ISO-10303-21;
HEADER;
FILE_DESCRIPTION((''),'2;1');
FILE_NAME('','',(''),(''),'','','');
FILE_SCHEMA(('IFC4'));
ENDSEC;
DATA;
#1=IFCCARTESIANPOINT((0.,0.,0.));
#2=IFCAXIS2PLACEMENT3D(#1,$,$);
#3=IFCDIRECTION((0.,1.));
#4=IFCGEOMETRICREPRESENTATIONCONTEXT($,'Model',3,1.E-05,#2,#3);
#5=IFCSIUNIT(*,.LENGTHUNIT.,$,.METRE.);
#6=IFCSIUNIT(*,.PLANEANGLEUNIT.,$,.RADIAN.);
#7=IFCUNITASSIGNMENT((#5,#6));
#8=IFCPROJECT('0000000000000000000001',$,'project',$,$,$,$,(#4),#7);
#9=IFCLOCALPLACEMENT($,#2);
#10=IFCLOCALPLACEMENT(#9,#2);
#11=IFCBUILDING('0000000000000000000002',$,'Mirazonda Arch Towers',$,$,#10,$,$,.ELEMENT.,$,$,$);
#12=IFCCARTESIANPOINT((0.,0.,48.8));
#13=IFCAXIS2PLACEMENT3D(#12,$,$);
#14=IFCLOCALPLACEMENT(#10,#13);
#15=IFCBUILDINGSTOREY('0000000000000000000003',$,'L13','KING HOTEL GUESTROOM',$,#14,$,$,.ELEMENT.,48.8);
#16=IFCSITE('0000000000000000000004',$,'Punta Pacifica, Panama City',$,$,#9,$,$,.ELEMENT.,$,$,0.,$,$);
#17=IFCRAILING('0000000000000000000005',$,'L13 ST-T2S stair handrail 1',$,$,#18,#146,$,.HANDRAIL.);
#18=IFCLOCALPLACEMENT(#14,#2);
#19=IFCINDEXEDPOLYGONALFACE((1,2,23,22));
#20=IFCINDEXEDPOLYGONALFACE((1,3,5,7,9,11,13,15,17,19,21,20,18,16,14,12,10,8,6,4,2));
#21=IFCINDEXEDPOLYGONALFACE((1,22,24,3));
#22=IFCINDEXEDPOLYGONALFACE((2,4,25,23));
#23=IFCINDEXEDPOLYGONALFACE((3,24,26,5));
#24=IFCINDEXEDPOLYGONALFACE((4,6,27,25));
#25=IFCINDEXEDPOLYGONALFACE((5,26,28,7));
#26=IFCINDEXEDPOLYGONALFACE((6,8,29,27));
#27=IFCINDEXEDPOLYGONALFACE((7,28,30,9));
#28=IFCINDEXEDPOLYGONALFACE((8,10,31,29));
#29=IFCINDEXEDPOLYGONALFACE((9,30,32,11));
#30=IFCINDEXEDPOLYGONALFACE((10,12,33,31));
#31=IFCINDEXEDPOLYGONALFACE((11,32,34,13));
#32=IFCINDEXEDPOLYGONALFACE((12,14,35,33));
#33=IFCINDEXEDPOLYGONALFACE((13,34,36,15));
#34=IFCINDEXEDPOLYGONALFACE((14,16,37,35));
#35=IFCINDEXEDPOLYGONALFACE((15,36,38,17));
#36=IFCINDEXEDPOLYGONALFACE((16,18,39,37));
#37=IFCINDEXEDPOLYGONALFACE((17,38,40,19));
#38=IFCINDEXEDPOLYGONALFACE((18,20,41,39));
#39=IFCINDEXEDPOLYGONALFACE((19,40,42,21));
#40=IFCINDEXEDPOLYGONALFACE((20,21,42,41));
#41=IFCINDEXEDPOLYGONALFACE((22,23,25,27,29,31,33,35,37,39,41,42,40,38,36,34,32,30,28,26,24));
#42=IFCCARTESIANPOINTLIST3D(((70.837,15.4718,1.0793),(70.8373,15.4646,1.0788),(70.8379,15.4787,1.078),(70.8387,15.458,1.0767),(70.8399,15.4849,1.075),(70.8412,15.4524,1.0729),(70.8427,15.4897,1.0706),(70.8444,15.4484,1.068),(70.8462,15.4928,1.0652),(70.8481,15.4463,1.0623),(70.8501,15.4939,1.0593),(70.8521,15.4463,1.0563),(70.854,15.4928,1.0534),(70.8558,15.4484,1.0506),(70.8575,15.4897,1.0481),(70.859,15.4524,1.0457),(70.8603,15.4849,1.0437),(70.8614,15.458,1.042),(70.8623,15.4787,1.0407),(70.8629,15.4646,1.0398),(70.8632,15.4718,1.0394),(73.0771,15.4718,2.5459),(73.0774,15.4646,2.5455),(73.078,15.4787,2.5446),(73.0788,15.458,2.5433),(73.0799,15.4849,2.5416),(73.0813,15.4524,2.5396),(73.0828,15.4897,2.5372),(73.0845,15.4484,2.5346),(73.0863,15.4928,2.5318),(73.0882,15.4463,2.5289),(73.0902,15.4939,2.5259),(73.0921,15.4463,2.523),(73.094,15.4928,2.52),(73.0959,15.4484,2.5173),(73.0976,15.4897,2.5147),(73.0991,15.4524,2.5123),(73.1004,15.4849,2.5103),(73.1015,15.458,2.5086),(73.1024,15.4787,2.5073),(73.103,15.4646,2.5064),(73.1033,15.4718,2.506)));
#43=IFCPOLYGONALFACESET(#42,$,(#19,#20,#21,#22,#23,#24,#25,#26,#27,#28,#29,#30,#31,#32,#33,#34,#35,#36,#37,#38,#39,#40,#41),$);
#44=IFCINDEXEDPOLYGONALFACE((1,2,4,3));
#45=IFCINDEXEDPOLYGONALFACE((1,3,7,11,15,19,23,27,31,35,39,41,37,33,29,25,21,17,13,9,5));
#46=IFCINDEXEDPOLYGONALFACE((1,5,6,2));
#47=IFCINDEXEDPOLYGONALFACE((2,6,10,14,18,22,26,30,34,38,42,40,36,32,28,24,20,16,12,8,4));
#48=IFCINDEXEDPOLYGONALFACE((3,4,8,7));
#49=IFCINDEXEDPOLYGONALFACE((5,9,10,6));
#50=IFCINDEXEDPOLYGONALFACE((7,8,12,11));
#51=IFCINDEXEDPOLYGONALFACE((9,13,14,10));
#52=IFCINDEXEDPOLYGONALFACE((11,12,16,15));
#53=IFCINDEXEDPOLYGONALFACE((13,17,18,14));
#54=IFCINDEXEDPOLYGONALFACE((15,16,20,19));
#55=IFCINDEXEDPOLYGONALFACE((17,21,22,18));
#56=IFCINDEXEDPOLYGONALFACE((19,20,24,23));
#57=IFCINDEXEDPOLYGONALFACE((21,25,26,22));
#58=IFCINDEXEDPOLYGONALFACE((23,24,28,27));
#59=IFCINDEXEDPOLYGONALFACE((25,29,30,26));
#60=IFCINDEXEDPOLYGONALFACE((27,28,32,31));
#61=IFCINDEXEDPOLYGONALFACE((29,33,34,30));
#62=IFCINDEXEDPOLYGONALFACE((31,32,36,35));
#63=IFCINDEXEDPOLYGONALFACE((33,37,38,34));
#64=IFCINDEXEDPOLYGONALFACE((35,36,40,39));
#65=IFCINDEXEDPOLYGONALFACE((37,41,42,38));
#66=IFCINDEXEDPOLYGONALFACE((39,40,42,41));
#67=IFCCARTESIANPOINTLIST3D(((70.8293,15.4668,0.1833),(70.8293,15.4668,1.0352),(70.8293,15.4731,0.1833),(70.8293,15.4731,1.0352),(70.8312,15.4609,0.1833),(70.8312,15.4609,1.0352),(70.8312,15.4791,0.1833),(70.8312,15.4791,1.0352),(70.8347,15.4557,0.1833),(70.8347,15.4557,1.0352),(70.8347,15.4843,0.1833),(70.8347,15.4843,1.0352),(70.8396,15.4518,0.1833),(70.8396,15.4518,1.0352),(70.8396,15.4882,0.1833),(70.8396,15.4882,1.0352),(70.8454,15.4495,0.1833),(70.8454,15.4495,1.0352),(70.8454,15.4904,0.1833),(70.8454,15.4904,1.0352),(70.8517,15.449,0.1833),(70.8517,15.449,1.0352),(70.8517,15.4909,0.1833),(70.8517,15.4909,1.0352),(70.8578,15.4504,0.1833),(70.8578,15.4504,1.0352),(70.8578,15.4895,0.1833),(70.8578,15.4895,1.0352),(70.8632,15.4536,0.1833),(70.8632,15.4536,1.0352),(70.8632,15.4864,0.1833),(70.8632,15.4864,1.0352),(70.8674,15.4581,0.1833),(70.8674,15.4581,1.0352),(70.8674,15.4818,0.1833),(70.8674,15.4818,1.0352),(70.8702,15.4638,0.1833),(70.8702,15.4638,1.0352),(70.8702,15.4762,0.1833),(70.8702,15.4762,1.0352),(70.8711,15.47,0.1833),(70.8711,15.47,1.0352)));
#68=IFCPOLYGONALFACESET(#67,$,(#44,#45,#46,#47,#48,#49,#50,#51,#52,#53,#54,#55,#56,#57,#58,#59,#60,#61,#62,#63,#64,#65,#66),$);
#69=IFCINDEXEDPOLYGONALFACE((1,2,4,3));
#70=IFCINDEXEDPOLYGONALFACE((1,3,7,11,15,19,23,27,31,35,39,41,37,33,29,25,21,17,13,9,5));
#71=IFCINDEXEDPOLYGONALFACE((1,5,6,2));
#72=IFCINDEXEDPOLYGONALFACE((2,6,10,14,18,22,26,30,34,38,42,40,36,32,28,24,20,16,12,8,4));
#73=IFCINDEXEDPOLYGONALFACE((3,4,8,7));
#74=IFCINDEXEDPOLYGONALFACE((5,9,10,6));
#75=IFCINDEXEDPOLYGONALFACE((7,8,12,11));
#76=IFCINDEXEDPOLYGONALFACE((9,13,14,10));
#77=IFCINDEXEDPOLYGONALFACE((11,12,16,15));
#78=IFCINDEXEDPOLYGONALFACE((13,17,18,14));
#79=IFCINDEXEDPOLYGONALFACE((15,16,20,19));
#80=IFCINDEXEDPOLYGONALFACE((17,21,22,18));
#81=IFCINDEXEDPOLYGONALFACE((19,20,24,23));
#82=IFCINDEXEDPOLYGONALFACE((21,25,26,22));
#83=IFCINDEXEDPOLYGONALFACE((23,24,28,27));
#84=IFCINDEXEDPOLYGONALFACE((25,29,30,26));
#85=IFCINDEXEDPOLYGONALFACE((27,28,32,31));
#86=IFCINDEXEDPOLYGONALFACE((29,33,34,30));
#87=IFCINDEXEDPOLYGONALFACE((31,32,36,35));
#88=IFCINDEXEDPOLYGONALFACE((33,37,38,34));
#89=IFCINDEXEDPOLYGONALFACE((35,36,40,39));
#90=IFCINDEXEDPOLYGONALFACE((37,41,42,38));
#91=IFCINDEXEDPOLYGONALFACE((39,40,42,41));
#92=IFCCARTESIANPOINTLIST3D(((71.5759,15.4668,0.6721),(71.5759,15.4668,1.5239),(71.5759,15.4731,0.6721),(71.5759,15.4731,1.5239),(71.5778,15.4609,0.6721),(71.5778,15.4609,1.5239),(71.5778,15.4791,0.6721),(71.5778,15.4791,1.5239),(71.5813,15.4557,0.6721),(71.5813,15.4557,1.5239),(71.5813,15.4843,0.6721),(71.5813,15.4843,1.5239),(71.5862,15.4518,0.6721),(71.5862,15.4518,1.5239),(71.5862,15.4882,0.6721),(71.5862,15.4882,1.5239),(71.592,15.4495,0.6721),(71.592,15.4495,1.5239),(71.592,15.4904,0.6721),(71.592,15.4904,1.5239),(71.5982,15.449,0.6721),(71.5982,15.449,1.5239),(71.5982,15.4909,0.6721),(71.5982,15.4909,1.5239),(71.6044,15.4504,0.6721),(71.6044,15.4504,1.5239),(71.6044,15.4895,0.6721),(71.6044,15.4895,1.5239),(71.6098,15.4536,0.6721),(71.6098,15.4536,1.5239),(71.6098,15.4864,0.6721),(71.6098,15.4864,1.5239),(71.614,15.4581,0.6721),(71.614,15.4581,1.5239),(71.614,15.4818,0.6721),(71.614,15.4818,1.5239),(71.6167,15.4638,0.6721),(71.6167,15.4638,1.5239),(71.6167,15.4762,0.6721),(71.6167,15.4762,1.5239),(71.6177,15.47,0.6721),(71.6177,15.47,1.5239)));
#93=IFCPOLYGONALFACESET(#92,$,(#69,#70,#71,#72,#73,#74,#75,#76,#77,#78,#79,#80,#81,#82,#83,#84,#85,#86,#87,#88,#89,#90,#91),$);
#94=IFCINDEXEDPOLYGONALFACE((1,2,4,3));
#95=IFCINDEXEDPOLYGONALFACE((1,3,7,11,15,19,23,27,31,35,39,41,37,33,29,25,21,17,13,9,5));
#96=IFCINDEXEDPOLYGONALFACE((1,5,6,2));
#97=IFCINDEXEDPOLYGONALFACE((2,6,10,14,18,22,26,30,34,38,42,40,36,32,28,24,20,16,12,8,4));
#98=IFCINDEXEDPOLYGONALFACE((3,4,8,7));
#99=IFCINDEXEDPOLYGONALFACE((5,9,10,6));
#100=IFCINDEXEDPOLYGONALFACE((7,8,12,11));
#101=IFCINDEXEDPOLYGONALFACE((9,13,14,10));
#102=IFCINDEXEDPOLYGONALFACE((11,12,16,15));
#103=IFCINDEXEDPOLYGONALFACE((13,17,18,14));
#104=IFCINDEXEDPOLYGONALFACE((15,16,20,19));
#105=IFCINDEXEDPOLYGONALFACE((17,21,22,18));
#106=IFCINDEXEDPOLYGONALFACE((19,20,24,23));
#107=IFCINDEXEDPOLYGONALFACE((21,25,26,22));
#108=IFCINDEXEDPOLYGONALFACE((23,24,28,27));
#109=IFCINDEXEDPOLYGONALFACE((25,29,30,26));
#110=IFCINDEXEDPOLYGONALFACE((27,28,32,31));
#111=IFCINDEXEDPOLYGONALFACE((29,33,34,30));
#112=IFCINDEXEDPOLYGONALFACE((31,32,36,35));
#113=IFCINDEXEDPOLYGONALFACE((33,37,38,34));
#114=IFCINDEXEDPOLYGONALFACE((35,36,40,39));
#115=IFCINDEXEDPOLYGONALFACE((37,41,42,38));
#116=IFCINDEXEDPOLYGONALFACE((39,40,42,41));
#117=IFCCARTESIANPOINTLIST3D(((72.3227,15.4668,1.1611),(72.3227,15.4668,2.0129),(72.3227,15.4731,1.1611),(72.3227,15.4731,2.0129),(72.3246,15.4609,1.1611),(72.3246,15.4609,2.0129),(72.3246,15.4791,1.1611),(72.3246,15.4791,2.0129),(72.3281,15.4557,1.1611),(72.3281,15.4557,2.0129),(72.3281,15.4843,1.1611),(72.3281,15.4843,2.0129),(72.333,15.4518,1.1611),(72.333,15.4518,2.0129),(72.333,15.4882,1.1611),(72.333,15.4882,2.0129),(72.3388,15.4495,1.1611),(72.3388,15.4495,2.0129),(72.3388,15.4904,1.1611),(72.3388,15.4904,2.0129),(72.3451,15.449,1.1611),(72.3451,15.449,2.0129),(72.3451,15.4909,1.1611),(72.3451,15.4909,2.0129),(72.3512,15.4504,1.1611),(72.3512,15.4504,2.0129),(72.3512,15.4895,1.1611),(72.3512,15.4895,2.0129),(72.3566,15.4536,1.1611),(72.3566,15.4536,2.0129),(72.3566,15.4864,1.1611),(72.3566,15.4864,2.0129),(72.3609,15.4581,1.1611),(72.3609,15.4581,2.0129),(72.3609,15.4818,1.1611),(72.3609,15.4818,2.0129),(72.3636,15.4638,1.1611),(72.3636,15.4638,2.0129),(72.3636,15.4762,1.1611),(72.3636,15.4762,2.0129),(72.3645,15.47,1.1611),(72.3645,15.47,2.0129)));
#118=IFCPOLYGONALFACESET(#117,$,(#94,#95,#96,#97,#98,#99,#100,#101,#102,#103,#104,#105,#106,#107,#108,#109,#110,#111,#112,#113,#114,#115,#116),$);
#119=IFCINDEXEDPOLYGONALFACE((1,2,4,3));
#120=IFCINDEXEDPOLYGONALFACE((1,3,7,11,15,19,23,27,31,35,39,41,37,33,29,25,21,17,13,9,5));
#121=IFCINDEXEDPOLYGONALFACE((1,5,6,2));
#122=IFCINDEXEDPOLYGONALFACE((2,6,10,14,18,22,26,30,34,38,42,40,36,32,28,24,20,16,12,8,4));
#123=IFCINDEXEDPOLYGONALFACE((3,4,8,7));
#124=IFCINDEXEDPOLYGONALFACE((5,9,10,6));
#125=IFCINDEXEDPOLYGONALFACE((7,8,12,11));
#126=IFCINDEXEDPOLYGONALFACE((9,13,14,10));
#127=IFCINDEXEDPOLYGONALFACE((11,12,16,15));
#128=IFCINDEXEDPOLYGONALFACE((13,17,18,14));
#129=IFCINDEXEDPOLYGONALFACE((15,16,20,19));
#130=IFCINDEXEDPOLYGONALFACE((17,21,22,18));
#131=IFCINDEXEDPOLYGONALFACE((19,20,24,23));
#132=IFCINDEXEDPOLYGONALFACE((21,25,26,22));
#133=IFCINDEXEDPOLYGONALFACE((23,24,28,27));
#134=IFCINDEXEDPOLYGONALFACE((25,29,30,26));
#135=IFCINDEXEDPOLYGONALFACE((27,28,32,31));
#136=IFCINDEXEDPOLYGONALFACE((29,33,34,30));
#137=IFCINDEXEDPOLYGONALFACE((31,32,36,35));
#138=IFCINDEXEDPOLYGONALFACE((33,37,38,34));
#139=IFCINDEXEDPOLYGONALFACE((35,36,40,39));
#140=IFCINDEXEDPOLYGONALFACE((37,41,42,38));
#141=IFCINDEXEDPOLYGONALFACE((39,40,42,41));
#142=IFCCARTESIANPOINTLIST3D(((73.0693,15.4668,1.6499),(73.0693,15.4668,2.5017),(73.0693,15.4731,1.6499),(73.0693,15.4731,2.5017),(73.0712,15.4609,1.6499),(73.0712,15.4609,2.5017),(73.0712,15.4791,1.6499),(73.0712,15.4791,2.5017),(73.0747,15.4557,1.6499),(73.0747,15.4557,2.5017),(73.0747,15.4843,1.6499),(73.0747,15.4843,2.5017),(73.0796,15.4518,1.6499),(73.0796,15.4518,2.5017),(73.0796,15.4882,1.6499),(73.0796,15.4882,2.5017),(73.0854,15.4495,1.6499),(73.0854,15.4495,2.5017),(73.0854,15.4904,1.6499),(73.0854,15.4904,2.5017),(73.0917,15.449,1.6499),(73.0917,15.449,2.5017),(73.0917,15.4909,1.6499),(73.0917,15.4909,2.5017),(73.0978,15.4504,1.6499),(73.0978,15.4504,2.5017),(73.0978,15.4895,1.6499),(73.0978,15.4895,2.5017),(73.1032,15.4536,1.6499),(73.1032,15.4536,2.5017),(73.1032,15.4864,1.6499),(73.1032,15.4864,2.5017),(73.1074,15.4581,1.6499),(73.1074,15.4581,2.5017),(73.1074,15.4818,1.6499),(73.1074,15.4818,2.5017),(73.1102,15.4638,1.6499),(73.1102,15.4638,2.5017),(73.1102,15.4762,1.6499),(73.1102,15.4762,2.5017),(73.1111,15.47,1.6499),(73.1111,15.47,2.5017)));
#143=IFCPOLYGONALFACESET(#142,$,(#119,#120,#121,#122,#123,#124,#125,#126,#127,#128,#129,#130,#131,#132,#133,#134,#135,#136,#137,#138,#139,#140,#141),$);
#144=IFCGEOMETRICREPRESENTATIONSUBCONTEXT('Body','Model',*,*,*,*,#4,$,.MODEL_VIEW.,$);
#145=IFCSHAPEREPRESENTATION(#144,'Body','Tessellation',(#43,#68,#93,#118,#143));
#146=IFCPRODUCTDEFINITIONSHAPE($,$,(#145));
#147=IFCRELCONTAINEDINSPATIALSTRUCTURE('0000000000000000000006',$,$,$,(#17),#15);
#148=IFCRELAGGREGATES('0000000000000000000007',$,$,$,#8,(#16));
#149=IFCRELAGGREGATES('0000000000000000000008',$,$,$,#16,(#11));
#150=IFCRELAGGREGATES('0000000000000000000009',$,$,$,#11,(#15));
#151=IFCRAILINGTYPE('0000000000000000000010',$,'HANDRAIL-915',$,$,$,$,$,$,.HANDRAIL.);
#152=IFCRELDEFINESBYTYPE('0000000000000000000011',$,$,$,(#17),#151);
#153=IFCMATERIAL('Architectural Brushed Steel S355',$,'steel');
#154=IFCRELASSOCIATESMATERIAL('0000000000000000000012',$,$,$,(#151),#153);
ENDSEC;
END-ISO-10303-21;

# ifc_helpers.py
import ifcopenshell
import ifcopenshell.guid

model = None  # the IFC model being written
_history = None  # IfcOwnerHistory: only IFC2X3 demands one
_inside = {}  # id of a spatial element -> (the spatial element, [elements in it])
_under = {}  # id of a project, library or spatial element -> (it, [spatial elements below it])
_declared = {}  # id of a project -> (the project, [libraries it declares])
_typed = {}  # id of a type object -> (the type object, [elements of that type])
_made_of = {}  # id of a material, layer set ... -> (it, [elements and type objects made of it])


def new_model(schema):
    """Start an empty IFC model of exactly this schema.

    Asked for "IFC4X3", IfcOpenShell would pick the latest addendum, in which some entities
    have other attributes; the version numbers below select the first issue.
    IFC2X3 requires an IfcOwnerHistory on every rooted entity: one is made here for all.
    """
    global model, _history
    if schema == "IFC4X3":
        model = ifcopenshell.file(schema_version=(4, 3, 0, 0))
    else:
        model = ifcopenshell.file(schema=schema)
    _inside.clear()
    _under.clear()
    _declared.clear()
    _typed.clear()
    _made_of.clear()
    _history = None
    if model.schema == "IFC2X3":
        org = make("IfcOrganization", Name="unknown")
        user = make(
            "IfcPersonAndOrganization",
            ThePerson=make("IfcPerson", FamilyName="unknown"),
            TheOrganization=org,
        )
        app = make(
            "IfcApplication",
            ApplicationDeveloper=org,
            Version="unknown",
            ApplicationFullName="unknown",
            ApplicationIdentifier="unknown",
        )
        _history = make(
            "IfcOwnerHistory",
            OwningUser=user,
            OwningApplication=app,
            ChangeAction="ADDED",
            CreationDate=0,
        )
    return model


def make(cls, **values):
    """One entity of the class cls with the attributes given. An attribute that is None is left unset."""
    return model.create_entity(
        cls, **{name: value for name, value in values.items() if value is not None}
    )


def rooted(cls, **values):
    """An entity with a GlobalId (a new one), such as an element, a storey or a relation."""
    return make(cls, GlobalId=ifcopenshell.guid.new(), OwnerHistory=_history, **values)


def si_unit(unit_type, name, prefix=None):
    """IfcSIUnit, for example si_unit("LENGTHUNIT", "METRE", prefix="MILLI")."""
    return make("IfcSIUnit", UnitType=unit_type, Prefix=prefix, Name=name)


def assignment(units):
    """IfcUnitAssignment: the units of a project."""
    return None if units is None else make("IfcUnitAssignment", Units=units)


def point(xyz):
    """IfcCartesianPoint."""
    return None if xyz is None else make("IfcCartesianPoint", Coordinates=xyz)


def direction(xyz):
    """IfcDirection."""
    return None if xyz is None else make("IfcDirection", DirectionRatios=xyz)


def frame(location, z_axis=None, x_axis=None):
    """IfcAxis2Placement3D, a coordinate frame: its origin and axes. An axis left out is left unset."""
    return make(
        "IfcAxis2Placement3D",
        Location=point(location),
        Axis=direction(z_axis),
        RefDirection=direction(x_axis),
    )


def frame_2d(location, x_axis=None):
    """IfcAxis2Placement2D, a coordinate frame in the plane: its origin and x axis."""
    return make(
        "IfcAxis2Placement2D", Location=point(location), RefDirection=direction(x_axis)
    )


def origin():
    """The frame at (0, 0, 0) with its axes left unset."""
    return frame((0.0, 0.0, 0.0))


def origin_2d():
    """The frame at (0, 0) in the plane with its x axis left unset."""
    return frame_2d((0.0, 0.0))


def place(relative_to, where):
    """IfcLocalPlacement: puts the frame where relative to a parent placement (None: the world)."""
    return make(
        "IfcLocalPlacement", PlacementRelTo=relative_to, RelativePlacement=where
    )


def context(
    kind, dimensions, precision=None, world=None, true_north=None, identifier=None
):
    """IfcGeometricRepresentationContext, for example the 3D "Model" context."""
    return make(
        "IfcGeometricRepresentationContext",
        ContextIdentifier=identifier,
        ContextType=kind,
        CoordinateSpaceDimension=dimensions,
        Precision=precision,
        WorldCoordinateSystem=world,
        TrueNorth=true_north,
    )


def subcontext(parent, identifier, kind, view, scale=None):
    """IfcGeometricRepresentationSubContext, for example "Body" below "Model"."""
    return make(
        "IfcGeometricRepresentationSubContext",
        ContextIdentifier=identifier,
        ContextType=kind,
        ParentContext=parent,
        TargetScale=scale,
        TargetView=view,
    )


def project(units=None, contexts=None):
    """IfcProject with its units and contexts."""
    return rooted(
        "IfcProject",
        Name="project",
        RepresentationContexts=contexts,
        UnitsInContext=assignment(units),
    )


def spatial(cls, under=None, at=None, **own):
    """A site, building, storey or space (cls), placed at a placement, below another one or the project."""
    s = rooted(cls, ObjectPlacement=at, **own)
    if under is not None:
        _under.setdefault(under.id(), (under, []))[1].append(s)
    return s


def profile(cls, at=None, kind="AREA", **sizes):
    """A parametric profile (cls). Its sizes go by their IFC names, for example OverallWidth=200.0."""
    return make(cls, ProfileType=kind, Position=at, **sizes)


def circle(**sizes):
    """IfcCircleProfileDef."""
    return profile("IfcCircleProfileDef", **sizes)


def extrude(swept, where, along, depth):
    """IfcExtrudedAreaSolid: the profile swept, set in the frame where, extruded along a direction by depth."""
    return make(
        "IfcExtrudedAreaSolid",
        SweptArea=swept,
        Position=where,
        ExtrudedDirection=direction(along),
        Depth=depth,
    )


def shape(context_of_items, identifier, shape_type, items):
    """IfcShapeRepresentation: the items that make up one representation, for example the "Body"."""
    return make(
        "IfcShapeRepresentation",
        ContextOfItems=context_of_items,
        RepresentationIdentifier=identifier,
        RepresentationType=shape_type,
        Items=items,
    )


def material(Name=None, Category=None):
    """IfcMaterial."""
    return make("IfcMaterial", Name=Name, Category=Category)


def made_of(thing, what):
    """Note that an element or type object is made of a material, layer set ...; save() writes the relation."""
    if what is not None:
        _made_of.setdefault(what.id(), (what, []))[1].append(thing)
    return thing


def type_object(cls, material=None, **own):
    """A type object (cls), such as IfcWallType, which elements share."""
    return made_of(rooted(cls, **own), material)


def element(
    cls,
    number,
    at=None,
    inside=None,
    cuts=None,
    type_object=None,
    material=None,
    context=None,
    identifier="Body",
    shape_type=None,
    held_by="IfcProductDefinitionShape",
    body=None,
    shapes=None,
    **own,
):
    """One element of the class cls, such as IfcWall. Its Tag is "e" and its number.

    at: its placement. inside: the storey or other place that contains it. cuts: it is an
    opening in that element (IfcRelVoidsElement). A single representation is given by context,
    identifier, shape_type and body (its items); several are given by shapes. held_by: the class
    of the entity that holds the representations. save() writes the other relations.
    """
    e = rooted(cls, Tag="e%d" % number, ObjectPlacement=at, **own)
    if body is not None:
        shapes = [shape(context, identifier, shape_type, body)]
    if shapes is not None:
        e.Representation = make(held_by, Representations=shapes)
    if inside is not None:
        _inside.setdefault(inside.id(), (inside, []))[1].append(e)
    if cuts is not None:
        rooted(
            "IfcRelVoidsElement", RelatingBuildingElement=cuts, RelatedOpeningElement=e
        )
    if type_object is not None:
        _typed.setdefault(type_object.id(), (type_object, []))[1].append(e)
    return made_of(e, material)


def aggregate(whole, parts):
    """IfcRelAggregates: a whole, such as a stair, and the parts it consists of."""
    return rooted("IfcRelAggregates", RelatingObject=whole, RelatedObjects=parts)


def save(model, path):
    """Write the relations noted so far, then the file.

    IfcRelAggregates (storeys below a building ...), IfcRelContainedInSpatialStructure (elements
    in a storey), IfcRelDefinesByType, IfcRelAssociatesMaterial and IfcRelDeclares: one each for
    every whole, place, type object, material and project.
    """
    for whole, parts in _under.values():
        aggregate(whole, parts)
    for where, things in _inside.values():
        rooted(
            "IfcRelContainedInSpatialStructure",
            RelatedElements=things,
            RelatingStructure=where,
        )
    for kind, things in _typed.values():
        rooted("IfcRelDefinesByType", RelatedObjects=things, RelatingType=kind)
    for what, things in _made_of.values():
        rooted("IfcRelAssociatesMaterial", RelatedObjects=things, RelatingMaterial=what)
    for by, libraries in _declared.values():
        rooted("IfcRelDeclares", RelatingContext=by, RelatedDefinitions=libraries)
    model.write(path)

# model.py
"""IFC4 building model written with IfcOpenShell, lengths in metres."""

from ifc_helpers import new_model, si_unit, direction, frame, origin, origin_2d, place, context, subcontext, project, spatial, circle, extrude, material, type_object, element, save


model = new_model("IFC4")

# Units and contexts
model_context = context("Model", 3, precision=1e-05, world=origin(), true_north=direction((0.0, 1.0)))
body_context = subcontext(model_context, "Body", "Model", "MODEL_VIEW")
ifc_project = project(units=[si_unit("LENGTHUNIT", "METRE"), si_unit("PLANEANGLEUNIT", "RADIAN")], contexts=[model_context])

# Site, building, storey
site_placement = place(None, origin())
site = spatial("IfcSite", under=ifc_project, at=site_placement, Name="Punta Pacifica, Panama City", CompositionType="ELEMENT", RefElevation=0.0)
building_placement = place(site_placement, origin())
building = spatial("IfcBuilding", under=site, at=building_placement, Name="Mirazonda Arch Towers", CompositionType="ELEMENT")
storey_placement = place(building_placement, frame((0.0, 0.0, 48.8)))
storey = spatial("IfcBuildingStorey", under=building, at=storey_placement, Name="L13", Description="KING HOTEL GUESTROOM", CompositionType="ELEMENT", Elevation=48.8)

# Railing
ifc_material_1 = material(Name="Architectural Brushed Steel S355", Category="steel")
railing_type_1 = type_object("IfcRailingType", Name="HANDRAIL-915", PredefinedType="HANDRAIL", material=ifc_material_1)
railing_1_placement = place(storey_placement, frame((70.8501, 15.47, 0.1833)))
element("IfcRailing", 1, at=railing_1_placement, inside=storey, type_object=railing_type_1, Name="L13 ST-T2S stair handrail 1", PredefinedType="HANDRAIL", context=body_context, shape_type="SweptSolid", body=[
    extrude(circle(Radius=0.0239, at=origin_2d()), frame((0.0, 0.0, 0.876), z_axis=(0.836637, 0.0, 0.547758), x_axis=(0.0, 1.0, 0.0)), (0.0, 0.0, 1.0), 2.6775),
    extrude(circle(Radius=0.021, at=origin_2d()), origin(), (0.0, 0.0, 1.0), 0.8518),
    extrude(circle(Radius=0.021, at=origin_2d()), frame((0.7466, 0.0, 0.4888)), (0.0, 0.0, 1.0), 0.8518),
    extrude(circle(Radius=0.021, at=origin_2d()), frame((1.4934, 0.0, 0.9778)), (0.0, 0.0, 1.0), 0.8518),
    extrude(circle(Radius=0.021, at=origin_2d()), frame((2.24, 0.0, 1.4666)), (0.0, 0.0, 1.0), 0.8518),
])

save(model, "model.ifc")
